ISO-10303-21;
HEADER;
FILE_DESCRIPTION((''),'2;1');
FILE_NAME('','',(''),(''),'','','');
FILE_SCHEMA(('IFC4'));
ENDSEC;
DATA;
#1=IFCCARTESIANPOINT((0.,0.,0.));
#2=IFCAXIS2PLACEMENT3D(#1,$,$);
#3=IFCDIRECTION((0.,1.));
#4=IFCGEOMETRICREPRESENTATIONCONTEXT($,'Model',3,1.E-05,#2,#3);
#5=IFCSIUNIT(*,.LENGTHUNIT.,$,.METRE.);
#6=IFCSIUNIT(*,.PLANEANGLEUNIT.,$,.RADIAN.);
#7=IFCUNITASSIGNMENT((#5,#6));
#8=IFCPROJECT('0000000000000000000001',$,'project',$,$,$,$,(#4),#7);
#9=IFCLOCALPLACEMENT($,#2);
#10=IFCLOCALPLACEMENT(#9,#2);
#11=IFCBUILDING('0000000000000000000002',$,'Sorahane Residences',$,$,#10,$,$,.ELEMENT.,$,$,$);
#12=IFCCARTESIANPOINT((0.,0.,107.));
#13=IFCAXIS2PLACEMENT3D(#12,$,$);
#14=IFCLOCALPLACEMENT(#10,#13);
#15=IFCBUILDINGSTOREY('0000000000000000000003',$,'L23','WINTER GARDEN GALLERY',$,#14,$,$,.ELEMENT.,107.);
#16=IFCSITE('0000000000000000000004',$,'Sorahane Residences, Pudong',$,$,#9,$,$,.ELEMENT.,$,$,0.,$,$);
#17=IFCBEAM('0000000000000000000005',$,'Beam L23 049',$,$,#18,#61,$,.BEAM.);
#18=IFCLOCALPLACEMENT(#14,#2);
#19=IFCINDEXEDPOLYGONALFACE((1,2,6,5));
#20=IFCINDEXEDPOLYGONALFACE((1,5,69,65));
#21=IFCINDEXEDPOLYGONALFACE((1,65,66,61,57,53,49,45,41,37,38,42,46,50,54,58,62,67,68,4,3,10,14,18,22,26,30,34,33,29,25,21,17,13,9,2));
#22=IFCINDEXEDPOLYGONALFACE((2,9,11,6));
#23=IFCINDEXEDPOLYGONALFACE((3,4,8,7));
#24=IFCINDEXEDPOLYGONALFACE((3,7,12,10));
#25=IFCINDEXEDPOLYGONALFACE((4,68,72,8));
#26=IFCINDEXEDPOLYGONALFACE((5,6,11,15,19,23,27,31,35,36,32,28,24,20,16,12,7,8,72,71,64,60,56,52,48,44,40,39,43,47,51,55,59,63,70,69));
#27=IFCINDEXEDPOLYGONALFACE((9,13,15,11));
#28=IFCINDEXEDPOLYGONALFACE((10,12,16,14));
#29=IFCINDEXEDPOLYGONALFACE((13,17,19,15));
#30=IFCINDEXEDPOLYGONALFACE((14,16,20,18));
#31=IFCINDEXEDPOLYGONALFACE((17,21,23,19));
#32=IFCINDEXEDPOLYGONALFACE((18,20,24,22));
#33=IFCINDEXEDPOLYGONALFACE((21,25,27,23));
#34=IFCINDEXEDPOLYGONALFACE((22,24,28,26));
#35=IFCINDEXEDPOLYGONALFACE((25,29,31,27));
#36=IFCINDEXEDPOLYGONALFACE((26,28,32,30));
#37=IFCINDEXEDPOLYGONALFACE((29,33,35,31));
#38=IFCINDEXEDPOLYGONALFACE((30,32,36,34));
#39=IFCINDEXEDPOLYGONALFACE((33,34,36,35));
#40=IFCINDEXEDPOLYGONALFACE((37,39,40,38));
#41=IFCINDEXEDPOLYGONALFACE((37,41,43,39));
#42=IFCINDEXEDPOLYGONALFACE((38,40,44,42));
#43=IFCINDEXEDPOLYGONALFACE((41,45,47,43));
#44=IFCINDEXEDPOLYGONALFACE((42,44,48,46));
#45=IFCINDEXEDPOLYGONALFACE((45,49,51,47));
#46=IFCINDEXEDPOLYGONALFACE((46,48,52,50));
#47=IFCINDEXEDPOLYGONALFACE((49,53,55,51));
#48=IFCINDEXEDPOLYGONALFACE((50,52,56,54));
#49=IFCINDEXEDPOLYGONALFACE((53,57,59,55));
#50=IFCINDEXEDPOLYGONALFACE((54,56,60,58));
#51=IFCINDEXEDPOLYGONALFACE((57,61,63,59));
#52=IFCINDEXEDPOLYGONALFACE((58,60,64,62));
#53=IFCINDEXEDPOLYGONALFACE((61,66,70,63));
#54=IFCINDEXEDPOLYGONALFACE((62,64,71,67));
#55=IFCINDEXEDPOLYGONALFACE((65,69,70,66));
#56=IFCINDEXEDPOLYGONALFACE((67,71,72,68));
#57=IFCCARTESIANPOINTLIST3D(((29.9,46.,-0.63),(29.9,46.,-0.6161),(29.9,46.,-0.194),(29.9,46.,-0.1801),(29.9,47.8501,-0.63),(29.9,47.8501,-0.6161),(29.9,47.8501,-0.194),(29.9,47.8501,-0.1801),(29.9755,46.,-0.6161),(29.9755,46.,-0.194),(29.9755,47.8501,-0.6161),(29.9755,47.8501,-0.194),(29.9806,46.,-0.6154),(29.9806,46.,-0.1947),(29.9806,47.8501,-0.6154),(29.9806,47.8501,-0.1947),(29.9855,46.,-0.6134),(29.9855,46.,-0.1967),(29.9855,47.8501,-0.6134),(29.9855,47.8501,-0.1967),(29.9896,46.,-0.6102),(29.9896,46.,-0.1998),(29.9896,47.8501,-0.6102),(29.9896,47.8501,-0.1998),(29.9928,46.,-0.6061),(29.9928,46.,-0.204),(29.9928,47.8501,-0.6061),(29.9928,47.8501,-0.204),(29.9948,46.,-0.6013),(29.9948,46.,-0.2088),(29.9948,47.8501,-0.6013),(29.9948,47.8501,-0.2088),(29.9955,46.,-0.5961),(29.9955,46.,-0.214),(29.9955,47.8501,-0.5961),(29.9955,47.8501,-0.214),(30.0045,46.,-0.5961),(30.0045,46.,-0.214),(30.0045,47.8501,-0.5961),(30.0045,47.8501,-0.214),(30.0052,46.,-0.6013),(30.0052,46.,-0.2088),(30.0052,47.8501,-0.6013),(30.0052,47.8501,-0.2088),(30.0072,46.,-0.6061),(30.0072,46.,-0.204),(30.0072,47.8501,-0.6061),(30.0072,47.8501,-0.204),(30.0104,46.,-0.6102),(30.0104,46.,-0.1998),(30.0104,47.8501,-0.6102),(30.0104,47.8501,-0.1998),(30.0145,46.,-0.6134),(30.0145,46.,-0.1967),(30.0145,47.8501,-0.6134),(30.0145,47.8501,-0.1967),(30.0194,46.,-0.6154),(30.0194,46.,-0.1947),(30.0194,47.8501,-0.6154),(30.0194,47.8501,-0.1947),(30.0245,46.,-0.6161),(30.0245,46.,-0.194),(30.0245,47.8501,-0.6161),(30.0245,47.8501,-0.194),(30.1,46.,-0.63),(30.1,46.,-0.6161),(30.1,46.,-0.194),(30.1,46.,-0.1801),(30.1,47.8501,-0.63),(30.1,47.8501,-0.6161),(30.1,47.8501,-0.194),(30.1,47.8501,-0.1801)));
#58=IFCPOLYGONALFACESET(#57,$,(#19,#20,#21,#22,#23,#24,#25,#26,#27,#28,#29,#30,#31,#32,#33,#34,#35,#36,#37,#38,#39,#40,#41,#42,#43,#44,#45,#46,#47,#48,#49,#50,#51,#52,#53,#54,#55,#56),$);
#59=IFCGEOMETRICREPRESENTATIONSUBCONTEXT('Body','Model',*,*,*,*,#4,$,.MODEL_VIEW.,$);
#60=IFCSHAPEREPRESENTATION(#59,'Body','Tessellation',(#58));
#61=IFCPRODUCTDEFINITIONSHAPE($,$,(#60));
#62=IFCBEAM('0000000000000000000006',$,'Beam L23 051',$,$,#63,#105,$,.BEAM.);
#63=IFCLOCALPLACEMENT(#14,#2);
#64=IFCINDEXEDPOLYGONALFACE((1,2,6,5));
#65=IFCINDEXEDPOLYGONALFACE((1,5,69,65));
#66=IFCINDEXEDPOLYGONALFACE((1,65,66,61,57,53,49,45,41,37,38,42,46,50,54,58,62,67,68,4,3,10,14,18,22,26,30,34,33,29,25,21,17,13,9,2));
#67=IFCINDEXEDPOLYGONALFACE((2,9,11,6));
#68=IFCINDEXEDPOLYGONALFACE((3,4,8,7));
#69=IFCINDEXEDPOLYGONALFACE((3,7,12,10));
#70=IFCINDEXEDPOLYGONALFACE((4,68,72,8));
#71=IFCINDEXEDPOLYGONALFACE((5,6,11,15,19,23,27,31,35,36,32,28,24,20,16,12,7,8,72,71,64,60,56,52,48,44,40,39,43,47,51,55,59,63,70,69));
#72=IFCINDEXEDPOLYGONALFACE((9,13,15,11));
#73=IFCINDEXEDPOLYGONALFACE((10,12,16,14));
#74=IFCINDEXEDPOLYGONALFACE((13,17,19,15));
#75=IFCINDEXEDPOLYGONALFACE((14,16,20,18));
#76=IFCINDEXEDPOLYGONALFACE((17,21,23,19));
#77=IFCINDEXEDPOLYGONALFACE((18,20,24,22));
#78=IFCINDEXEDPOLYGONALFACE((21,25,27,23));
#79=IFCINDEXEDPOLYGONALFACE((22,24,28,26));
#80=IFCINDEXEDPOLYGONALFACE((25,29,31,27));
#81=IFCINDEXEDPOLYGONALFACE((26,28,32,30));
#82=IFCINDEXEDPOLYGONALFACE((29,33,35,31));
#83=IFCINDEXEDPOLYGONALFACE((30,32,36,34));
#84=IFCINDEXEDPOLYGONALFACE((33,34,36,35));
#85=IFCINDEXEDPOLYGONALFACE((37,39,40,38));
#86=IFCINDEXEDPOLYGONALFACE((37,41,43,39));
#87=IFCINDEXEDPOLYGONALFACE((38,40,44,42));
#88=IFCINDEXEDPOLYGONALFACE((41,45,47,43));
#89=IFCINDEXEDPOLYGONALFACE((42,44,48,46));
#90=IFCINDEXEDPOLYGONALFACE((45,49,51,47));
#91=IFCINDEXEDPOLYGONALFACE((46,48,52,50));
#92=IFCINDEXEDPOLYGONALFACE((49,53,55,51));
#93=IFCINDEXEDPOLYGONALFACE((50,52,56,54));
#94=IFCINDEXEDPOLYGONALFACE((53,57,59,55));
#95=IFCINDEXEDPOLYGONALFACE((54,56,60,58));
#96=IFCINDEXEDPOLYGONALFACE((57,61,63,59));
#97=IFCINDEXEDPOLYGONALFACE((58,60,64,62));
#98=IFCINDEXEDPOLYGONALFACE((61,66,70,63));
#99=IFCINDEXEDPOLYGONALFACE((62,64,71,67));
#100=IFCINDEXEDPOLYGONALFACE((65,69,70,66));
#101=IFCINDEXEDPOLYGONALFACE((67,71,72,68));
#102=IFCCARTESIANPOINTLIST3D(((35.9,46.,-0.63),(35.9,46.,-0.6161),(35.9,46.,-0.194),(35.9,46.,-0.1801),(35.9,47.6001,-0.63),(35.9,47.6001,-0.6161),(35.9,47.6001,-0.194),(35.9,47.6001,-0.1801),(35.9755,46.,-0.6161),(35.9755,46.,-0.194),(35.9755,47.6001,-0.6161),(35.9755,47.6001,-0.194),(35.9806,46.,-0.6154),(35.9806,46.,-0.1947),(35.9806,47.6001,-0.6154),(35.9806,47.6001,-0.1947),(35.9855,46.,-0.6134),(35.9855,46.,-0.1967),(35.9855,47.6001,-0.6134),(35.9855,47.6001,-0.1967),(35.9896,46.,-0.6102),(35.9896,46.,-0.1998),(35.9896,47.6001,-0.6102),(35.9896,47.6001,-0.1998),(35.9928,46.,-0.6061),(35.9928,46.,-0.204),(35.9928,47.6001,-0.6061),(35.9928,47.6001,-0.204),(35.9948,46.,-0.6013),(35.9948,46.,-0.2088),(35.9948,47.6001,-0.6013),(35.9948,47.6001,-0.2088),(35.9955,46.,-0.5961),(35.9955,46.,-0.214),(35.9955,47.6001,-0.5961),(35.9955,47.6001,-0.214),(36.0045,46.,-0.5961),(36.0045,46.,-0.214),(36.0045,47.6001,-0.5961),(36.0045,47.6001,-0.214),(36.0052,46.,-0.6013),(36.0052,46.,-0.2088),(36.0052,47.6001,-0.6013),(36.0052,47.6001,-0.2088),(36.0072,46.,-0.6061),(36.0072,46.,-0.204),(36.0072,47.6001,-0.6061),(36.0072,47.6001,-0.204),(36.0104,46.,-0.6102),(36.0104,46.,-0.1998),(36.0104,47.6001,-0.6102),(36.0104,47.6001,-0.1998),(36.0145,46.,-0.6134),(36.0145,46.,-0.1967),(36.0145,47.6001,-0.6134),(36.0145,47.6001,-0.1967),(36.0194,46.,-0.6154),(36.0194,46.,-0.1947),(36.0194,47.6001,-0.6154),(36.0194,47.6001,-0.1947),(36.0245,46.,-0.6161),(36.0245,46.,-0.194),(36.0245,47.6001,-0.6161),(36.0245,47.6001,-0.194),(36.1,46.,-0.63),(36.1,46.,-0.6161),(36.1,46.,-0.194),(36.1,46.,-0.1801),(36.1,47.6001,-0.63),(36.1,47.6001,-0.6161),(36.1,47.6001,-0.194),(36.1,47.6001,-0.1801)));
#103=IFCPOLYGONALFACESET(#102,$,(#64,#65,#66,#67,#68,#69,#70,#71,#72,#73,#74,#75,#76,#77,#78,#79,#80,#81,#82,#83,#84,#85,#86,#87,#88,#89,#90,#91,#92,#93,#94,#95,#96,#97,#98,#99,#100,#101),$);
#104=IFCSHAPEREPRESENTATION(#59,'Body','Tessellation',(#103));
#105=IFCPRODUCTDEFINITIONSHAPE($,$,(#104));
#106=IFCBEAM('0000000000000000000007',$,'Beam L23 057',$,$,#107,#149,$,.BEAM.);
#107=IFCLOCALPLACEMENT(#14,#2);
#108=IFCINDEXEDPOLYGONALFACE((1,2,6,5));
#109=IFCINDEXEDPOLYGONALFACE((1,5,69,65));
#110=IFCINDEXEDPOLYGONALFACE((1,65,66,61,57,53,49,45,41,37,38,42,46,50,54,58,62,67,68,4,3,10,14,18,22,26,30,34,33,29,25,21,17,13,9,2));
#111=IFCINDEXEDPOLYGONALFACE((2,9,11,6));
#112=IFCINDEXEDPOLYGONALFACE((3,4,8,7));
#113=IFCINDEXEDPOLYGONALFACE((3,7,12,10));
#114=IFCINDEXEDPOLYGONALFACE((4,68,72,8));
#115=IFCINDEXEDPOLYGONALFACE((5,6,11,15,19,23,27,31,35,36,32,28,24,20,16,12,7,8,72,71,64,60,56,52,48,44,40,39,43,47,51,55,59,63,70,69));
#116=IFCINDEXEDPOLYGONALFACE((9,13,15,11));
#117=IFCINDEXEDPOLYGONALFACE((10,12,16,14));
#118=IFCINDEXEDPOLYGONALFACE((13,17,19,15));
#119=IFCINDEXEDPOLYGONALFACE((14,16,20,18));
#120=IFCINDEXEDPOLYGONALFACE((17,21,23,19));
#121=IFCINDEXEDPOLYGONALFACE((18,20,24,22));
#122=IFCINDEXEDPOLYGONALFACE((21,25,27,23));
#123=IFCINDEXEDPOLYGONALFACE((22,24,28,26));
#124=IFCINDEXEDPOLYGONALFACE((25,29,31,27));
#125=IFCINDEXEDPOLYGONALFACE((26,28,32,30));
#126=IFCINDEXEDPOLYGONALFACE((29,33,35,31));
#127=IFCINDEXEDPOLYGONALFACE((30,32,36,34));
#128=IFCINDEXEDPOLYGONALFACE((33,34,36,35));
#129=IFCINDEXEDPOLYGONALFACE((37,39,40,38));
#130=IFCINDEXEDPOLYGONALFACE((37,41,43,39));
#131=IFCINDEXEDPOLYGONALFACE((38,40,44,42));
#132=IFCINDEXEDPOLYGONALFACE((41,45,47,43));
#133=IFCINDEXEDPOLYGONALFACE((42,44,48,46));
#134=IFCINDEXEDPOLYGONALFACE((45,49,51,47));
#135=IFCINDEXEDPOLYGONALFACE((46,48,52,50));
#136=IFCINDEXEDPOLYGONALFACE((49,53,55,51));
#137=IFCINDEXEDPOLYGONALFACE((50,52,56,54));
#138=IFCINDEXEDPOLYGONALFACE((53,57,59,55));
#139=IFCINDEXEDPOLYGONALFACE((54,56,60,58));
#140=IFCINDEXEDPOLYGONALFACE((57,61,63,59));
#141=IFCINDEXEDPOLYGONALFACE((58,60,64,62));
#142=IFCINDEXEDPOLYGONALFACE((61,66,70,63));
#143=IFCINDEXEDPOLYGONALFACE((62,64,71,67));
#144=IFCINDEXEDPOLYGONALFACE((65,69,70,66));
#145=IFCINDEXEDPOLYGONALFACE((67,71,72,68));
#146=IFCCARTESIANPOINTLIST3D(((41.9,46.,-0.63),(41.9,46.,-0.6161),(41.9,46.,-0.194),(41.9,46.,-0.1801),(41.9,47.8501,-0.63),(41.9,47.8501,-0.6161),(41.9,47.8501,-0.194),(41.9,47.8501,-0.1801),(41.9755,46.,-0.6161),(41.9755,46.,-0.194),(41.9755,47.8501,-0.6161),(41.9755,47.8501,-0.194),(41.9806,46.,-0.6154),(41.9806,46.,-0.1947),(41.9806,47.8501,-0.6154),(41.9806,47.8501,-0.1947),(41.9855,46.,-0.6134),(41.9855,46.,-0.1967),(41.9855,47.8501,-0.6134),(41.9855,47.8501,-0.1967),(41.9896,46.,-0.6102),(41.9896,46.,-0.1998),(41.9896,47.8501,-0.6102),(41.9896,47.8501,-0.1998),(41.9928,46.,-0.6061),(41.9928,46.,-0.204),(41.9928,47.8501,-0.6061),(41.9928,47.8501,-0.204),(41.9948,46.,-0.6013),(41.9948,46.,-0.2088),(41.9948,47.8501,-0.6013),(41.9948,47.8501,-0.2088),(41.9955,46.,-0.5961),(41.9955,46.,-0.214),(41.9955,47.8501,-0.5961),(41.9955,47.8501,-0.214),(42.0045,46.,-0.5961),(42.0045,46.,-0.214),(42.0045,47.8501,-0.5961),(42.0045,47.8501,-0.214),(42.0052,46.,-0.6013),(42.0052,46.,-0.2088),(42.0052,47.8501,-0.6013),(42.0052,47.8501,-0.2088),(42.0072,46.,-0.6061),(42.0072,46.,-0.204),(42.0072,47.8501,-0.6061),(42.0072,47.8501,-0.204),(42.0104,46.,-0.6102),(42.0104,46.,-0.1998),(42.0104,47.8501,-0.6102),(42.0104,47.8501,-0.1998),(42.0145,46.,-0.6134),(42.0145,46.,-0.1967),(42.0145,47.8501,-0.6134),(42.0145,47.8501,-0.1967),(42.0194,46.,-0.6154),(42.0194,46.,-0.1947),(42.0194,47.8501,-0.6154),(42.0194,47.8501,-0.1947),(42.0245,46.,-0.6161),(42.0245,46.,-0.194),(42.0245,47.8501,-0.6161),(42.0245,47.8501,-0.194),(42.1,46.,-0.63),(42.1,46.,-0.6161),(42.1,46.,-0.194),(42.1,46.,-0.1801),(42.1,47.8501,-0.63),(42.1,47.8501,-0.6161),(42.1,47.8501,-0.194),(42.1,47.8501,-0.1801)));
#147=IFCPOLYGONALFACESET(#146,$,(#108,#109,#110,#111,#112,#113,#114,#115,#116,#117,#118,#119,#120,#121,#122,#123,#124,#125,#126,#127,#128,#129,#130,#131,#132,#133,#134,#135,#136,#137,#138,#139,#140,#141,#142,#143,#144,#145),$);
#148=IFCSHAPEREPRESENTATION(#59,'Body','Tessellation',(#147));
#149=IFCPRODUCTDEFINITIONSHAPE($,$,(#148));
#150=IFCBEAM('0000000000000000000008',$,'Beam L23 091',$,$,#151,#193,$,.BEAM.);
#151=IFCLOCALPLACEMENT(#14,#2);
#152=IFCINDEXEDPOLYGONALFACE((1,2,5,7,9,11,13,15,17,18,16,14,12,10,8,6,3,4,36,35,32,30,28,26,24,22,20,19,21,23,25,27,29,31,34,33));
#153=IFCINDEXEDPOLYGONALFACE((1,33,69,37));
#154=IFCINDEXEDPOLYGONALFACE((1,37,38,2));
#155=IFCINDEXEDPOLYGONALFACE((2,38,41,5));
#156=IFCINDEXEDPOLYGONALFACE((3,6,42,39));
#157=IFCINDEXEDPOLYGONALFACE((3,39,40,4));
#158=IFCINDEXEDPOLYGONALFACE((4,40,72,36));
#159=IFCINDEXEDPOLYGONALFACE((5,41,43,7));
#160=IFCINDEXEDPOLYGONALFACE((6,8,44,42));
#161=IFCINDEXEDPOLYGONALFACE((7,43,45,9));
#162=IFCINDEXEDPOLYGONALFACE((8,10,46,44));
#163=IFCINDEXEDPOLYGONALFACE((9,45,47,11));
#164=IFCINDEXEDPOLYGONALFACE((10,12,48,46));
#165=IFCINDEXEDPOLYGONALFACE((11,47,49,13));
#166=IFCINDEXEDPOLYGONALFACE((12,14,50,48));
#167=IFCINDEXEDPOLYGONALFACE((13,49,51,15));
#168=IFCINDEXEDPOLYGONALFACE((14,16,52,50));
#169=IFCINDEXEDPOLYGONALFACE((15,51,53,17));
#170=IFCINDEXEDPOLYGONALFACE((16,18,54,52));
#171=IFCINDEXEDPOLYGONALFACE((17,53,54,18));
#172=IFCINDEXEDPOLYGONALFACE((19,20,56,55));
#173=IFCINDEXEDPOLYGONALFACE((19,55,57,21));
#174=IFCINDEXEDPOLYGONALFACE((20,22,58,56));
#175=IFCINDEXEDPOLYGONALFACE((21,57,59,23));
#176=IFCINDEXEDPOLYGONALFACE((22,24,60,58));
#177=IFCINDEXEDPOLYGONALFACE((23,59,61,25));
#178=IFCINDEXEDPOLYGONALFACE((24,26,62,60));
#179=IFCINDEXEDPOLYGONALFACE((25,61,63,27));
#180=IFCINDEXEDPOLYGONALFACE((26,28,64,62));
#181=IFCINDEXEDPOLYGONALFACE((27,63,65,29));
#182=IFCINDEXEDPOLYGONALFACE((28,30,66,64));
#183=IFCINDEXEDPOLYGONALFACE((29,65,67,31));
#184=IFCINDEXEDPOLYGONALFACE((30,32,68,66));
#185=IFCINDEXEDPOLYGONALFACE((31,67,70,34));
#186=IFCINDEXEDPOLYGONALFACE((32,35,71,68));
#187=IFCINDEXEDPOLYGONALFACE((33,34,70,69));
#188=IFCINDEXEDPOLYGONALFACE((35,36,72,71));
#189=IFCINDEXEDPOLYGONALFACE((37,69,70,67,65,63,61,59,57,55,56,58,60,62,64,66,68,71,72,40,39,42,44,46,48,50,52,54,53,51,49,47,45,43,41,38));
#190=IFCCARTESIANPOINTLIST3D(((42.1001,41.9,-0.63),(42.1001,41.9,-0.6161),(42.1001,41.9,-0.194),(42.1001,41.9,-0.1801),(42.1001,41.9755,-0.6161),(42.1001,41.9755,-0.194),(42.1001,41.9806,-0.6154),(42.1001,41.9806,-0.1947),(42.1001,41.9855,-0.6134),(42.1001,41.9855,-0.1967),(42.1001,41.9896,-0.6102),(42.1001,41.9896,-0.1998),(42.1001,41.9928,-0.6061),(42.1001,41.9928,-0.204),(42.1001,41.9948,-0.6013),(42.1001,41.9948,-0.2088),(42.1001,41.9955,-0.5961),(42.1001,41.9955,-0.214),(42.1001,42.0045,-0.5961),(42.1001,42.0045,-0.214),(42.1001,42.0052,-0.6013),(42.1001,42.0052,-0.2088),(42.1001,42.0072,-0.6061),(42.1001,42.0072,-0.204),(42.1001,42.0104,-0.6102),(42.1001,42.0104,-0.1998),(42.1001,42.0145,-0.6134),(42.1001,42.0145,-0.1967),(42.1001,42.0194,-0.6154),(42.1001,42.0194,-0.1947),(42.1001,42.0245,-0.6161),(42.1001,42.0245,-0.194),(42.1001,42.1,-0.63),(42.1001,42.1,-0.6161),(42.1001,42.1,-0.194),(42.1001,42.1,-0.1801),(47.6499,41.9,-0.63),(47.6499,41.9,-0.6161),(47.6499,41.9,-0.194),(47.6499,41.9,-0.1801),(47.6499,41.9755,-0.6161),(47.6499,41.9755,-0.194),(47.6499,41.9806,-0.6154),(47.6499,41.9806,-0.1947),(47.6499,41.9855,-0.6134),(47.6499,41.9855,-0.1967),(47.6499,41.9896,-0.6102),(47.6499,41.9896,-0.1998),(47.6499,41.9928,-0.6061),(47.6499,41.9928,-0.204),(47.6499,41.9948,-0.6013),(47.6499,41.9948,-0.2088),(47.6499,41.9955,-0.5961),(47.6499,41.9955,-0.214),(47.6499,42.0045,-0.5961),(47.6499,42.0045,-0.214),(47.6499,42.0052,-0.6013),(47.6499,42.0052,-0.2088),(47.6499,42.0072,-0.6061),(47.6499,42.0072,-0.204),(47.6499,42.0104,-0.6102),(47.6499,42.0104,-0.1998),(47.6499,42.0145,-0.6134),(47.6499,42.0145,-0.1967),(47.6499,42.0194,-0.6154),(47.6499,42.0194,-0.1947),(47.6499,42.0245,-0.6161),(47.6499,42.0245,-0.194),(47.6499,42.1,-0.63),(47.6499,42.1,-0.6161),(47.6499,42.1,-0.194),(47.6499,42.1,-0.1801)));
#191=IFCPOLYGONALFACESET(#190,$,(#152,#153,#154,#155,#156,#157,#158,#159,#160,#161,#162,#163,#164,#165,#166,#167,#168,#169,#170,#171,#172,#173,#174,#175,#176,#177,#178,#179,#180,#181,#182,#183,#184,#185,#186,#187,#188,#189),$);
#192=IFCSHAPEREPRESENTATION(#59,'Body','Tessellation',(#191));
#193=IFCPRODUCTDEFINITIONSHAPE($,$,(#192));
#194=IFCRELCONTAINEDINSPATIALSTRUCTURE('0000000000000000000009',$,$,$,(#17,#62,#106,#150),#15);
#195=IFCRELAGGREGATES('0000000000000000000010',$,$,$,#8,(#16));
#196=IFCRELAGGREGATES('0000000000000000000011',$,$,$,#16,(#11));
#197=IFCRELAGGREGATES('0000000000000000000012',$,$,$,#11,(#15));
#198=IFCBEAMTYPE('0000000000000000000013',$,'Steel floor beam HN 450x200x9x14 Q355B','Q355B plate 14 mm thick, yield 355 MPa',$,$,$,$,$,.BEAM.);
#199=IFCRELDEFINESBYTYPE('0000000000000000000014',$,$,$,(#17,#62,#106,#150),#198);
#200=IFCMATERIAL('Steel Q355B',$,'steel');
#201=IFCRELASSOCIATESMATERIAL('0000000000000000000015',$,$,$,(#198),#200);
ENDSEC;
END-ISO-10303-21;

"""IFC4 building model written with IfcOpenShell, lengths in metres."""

from ifc_helpers import new_model, si_unit, direction, frame, origin, origin_2d, place, context, subcontext, project, spatial, i_section, extrude, material, material_profile, profile_set, type_object, element, save


model = new_model("IFC4")

# Units and contexts
model_context = context("Model", 3, precision=1e-05, world=origin(), true_north=direction((0.0, 1.0)))
body_context = subcontext(model_context, "Body", "Model", "MODEL_VIEW")
ifc_project = project(units=[si_unit("LENGTHUNIT", "METRE"), si_unit("PLANEANGLEUNIT", "RADIAN")], contexts=[model_context])

# Site, building, storey
site_placement = place(None, origin())
site = spatial("IfcSite", under=ifc_project, at=site_placement, Name="Sorahane Residences, Pudong", CompositionType="ELEMENT", RefElevation=0.0)
building_placement = place(site_placement, origin())
building = spatial("IfcBuilding", under=site, at=building_placement, Name="Sorahane Residences", CompositionType="ELEMENT")
storey_placement = place(building_placement, frame((0.0, 0.0, 107.0)))
storey = spatial("IfcBuildingStorey", under=building, at=storey_placement, Name="L23", Description="WINTER GARDEN GALLERY", CompositionType="ELEMENT", Elevation=107.0)

# Beams
ifc_material_1 = material(Name="Steel Q355B", Category="steel")
ifc_material_profile_1 = material_profile(ifc_material_1, i_section(OverallWidth=0.2, OverallDepth=0.45, WebThickness=0.009, FlangeThickness=0.0139, FilletRadius=0.02, at=origin_2d()), Name="HN 450x200x9x14")
ifc_profile_set_1 = profile_set([ifc_material_profile_1], Name="Steel Q355B")
beam_type_1 = type_object("IfcBeamType", Name="Steel floor beam HN 450x200x9x14 Q355B", Description="Q355B plate 14 mm thick, yield 355 MPa", PredefinedType="BEAM", material=ifc_profile_set_1)
beam_1_placement = place(storey_placement, frame((30.0, 46.0, -0.405), z_axis=(0.0, 1.0, 0.0), x_axis=(-1.0, 0.0, 0.0)))
element("IfcBeam", 1, at=beam_1_placement, inside=storey, type_object=beam_type_1, Name="Beam L23 049", PredefinedType="BEAM", context=body_context, shape_type="SweptSolid", body=[
    extrude(i_section(OverallWidth=0.2, OverallDepth=0.45, WebThickness=0.009, FlangeThickness=0.0139, FilletRadius=0.02, at=origin_2d()), origin(), (0.0, 0.0, 1.0), 1.8501),
])
beam_2_placement = place(storey_placement, frame((36.0, 46.0, -0.405), z_axis=(0.0, 1.0, 0.0), x_axis=(-1.0, 0.0, 0.0)))
element("IfcBeam", 2, at=beam_2_placement, inside=storey, type_object=beam_type_1, Name="Beam L23 051", PredefinedType="BEAM", context=body_context, shape_type="SweptSolid", body=[
    extrude(i_section(OverallWidth=0.2, OverallDepth=0.45, WebThickness=0.009, FlangeThickness=0.0139, FilletRadius=0.02, at=origin_2d()), origin(), (0.0, 0.0, 1.0), 1.6001),
])
beam_3_placement = place(storey_placement, frame((42.0, 46.0, -0.405), z_axis=(0.0, 1.0, 0.0), x_axis=(-1.0, 0.0, 0.0)))
element("IfcBeam", 3, at=beam_3_placement, inside=storey, type_object=beam_type_1, Name="Beam L23 057", PredefinedType="BEAM", context=body_context, shape_type="SweptSolid", body=[
    extrude(i_section(OverallWidth=0.2, OverallDepth=0.45, WebThickness=0.009, FlangeThickness=0.0139, FilletRadius=0.02, at=origin_2d()), origin(), (0.0, 0.0, 1.0), 1.8501),
])
beam_4_placement = place(storey_placement, frame((42.1001, 42.0, -0.405), z_axis=(1.0, 0.0, 0.0), x_axis=(0.0, 1.0, 0.0)))
element("IfcBeam", 4, at=beam_4_placement, inside=storey, type_object=beam_type_1, Name="Beam L23 091", PredefinedType="BEAM", context=body_context, shape_type="SweptSolid", body=[
    extrude(i_section(OverallWidth=0.2, OverallDepth=0.45, WebThickness=0.009, FlangeThickness=0.0139, FilletRadius=0.02, at=origin_2d()), origin(), (0.0, 0.0, 1.0), 5.5498),
])

save(model, "model.ifc")
